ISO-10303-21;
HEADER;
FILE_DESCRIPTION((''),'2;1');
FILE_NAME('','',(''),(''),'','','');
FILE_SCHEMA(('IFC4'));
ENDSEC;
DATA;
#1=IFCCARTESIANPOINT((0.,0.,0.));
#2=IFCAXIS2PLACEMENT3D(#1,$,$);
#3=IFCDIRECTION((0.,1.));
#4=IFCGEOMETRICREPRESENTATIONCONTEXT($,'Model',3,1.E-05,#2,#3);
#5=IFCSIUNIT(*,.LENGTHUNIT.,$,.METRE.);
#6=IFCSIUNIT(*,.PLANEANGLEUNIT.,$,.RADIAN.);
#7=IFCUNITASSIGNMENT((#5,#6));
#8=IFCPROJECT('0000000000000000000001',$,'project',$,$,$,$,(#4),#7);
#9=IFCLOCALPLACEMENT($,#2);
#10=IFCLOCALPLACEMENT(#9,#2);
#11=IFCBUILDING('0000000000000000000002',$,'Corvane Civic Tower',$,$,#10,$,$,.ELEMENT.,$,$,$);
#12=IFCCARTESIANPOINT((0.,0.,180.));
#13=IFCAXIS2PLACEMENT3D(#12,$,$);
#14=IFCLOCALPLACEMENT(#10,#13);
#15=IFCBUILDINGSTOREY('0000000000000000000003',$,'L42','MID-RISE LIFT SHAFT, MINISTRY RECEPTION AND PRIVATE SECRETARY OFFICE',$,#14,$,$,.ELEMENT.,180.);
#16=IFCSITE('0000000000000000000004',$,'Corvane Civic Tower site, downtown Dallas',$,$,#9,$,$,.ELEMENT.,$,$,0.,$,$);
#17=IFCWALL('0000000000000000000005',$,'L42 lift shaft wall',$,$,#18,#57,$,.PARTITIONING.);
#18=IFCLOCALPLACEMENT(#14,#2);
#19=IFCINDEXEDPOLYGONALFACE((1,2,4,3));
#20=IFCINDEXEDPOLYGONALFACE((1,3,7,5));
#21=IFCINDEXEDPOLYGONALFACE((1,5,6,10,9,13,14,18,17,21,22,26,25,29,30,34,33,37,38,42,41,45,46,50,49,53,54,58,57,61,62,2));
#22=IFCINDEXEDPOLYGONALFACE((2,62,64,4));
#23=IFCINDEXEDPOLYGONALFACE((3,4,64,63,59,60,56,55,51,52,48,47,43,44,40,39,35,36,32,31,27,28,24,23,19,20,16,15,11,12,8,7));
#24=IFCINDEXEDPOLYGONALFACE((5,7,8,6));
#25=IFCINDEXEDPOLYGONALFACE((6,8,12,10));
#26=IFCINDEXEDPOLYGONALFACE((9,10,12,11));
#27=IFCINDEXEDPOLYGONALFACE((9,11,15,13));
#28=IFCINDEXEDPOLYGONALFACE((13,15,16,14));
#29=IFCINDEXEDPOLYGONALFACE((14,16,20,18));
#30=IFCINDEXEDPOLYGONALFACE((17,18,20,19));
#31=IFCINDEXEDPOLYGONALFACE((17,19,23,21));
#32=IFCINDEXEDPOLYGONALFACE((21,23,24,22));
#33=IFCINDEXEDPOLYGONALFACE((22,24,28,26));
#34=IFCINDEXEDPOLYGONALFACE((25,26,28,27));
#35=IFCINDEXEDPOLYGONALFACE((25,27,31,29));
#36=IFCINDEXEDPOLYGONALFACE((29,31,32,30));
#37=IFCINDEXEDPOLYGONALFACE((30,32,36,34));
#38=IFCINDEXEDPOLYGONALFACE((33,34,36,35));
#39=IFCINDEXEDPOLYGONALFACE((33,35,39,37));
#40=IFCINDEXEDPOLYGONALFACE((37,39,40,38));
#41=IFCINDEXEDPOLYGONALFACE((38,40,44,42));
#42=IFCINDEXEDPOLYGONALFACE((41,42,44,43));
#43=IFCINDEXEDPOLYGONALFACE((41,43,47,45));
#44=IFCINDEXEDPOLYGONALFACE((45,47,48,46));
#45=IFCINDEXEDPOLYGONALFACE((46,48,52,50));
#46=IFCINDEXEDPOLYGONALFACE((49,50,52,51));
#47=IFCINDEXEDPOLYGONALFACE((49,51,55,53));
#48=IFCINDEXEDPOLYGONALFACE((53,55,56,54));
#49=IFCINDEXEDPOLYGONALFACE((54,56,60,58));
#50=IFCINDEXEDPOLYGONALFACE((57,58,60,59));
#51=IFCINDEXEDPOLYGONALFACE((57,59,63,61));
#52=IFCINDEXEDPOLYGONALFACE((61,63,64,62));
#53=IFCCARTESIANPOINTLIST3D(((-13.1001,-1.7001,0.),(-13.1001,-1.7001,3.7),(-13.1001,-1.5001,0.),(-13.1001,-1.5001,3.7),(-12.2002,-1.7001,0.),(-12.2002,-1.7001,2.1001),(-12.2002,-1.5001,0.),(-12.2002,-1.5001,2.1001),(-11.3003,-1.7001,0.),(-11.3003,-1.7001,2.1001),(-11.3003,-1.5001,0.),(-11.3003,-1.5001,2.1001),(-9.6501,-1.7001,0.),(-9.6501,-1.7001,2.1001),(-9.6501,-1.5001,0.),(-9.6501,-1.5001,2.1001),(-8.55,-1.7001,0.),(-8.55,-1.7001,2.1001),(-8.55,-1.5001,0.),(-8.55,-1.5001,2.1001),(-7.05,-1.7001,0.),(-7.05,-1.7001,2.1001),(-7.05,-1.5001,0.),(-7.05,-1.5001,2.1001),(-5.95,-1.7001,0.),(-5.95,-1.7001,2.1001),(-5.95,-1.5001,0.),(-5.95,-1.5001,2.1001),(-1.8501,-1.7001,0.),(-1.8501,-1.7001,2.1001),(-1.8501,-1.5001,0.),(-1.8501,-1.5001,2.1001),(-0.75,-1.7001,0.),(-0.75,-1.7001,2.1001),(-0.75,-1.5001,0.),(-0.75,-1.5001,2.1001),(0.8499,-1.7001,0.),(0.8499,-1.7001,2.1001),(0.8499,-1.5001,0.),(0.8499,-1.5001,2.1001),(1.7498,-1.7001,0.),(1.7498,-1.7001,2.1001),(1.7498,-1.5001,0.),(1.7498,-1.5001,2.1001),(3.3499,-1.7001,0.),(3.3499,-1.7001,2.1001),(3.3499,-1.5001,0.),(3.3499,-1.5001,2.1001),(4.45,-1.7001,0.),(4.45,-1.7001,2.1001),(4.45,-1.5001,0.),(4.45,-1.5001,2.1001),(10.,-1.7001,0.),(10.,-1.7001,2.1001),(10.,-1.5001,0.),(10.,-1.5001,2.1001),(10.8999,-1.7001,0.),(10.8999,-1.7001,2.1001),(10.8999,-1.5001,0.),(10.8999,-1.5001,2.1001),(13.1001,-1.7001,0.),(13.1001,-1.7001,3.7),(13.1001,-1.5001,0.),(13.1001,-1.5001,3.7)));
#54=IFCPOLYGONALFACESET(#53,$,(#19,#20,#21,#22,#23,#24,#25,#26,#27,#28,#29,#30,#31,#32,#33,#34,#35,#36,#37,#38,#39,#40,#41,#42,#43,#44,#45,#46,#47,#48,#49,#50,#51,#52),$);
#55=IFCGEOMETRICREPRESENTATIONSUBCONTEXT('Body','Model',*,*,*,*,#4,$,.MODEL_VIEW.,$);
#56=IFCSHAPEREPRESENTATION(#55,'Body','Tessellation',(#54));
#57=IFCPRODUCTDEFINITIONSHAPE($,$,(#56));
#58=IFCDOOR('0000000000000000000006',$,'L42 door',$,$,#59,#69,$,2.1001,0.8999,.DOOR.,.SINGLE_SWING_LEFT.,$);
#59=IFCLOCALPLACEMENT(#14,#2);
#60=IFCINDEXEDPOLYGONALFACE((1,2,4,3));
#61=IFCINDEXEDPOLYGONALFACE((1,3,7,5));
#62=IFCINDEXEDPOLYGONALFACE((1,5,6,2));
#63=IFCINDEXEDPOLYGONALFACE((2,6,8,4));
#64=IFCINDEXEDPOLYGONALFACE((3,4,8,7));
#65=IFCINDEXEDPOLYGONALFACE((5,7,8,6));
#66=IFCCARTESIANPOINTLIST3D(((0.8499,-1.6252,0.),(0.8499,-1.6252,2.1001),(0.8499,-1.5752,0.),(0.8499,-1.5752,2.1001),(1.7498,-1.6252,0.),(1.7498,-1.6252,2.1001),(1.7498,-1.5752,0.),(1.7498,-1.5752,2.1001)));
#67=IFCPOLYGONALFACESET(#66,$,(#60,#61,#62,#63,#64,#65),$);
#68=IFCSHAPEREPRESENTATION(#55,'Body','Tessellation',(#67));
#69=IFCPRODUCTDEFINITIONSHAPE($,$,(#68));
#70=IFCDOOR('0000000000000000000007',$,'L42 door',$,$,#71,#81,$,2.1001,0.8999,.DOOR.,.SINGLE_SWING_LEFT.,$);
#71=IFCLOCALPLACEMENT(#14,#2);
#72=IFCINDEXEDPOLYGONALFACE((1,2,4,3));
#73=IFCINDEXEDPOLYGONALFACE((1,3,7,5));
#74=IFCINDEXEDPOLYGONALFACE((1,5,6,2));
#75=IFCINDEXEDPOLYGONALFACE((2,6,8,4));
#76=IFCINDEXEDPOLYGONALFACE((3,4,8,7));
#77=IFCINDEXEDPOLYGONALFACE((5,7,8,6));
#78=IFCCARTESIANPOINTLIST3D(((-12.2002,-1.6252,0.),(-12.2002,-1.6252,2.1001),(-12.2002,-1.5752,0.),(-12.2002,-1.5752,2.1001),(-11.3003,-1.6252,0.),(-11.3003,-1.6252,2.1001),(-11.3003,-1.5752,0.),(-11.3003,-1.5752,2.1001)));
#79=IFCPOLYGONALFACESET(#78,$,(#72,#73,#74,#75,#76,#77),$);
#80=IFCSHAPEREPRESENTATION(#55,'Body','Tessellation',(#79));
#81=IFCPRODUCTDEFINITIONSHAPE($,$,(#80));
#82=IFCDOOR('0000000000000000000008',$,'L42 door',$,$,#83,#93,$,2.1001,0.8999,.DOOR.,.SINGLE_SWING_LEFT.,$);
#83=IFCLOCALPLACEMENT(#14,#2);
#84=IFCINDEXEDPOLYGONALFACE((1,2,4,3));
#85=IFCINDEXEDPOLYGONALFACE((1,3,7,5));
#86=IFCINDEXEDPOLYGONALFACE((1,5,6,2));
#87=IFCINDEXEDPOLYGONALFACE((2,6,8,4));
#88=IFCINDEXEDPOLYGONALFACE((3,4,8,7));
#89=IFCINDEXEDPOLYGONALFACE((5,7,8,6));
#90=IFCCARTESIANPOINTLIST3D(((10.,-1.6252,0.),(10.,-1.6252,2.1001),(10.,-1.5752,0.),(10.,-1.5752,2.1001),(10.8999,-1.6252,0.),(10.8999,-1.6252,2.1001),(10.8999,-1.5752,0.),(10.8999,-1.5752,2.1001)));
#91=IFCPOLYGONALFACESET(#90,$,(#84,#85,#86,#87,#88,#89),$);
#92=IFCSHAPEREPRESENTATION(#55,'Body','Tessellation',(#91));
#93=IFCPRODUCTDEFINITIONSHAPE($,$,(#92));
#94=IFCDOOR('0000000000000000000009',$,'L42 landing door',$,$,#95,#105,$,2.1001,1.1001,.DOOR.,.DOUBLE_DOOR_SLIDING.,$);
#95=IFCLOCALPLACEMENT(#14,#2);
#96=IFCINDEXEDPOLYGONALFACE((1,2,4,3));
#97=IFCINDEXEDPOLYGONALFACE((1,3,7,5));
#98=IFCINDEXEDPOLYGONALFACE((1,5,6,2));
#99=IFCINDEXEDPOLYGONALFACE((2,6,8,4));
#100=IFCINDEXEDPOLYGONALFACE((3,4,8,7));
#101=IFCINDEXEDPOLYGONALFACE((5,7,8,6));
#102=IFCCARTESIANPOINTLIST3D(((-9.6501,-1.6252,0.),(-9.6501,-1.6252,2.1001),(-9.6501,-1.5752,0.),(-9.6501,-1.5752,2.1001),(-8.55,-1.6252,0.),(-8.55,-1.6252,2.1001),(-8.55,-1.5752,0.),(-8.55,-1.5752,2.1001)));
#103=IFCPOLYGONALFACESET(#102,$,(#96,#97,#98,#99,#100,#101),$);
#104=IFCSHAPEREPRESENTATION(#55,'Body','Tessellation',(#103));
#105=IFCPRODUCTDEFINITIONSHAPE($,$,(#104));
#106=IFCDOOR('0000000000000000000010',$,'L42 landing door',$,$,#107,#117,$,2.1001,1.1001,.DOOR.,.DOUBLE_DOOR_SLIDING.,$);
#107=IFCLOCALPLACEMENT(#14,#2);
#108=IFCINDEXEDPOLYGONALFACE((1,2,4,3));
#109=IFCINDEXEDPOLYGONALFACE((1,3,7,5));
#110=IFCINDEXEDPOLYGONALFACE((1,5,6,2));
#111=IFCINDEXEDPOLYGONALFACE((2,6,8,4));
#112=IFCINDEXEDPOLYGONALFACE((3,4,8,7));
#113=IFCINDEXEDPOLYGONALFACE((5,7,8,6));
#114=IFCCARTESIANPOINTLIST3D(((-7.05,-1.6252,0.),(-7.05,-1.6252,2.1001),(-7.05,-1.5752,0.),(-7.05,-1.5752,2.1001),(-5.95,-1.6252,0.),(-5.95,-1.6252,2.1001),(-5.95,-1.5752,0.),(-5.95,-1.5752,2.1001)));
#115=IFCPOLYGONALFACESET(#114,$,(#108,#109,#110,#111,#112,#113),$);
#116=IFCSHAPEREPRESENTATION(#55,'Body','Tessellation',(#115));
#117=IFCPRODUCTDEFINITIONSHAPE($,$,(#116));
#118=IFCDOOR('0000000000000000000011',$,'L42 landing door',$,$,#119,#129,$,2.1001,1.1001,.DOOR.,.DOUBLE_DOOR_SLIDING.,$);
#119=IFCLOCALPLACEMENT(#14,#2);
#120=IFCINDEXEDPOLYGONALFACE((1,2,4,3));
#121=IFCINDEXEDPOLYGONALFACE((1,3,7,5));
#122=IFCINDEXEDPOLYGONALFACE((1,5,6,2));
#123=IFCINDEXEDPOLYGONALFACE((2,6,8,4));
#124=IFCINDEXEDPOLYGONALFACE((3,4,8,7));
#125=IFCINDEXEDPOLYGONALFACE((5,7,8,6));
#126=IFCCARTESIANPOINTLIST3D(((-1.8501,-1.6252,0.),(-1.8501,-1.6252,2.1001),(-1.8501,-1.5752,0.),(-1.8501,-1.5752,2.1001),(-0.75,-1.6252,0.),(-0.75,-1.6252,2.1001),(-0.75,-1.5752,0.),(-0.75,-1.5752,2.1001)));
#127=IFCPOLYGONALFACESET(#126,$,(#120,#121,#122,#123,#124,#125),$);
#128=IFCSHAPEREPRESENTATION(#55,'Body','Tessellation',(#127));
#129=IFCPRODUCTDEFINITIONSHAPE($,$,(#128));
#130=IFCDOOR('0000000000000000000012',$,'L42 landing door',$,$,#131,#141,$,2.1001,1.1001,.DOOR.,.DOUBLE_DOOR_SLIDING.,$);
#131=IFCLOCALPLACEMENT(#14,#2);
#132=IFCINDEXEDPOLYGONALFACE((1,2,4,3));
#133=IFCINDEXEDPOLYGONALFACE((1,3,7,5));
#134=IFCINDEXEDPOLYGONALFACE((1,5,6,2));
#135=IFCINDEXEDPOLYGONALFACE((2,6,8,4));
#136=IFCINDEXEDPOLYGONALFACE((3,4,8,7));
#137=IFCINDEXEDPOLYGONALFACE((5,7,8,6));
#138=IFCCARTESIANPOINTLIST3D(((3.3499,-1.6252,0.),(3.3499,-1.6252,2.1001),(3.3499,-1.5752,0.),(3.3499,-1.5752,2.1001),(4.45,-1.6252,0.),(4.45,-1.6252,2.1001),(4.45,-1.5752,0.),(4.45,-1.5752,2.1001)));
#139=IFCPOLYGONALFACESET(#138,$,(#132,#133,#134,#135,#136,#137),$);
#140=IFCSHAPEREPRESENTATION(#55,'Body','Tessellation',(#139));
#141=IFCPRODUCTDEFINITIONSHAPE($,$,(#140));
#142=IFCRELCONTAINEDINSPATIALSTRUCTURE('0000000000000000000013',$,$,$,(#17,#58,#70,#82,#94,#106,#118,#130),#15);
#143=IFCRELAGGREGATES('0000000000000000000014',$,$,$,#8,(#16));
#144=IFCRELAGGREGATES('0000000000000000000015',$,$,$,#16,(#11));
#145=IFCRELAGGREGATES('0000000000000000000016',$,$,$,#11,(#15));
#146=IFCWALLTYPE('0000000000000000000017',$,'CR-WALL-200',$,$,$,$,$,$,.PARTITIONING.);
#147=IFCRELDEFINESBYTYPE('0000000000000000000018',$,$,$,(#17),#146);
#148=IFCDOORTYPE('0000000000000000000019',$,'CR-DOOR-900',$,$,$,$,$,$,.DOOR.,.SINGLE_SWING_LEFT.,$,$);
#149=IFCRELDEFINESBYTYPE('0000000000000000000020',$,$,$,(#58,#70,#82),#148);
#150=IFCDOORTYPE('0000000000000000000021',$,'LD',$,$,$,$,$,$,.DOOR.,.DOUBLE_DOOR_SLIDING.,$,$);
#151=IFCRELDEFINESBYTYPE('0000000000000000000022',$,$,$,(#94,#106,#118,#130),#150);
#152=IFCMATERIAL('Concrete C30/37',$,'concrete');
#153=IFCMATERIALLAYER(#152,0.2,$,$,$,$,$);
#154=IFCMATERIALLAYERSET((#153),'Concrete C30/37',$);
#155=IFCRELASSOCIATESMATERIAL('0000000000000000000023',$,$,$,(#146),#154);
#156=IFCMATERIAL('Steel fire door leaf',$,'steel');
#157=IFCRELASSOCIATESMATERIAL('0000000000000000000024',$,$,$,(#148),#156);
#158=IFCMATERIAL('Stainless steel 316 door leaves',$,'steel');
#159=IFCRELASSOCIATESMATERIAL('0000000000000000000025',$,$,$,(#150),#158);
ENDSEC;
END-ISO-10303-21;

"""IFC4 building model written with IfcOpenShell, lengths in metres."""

from ifc_helpers import new_model, si_unit, direction, frame, frame_2d, origin, place, context, subcontext, project, spatial, rectangle, extrude, material, layer, layer_set, type_object, element, fill, save


model = new_model("IFC4")

# Units and contexts
model_context = context("Model", 3, precision=1e-05, world=origin(), true_north=direction((0.0, 1.0)))
body_context = subcontext(model_context, "Body", "Model", "MODEL_VIEW")
ifc_project = project(units=[si_unit("LENGTHUNIT", "METRE"), si_unit("PLANEANGLEUNIT", "RADIAN")], contexts=[model_context])

# Site, building, storey
site_placement = place(None, origin())
site = spatial("IfcSite", under=ifc_project, at=site_placement, Name="Corvane Civic Tower site, downtown Dallas", CompositionType="ELEMENT", RefElevation=0.0)
building_placement = place(site_placement, origin())
building = spatial("IfcBuilding", under=site, at=building_placement, Name="Corvane Civic Tower", CompositionType="ELEMENT")
storey_placement = place(building_placement, frame((0.0, 0.0, 180.0)))
storey = spatial("IfcBuildingStorey", under=building, at=storey_placement, Name="L42", Description="MID-RISE LIFT SHAFT, MINISTRY RECEPTION AND PRIVATE SECRETARY OFFICE", CompositionType="ELEMENT", Elevation=180.0)

# Shared definitions
ifc_material_1 = material(Name="Concrete C30/37", Category="concrete")
ifc_layer_1 = layer(ifc_material_1, 0.2)
ifc_layer_set_1 = layer_set([ifc_layer_1], Name="Concrete C30/37")
wall_type_1 = type_object("IfcWallType", Name="CR-WALL-200", PredefinedType="PARTITIONING", material=ifc_layer_set_1)
ifc_material_2 = material(Name="Steel fire door leaf", Category="steel")
door_type_1 = type_object("IfcDoorType", Name="CR-DOOR-900", OperationType="SINGLE_SWING_LEFT", PredefinedType="DOOR", material=ifc_material_2)

# Wall, openings, doors
wall_1_placement = place(storey_placement, frame((-13.1001, -1.6001, 0.0), z_axis=(0.0, 0.0, 1.0), x_axis=(1.0, 0.0, 0.0)))
wall_1 = element("IfcWall", 1, at=wall_1_placement, inside=storey, type_object=wall_type_1, Name="L42 lift shaft wall", PredefinedType="PARTITIONING", context=body_context, shape_type="SweptSolid", body=[
    extrude(rectangle(XDim=26.2002, YDim=0.2, at=frame_2d((13.1001, 0.0))), origin(), (0.0, 0.0, 1.0), 3.7),
])
opening_1_placement = place(wall_1_placement, frame((3.45, 0.0, 0.0)))
opening_1 = element("IfcOpeningElement", 2, at=opening_1_placement, cuts=wall_1, PredefinedType="OPENING", context=body_context, shape_type="SweptSolid", body=[
    extrude(rectangle(XDim=1.1001, YDim=2.1001, at=frame_2d((0.55, 1.05))), frame((0.0, 0.1099, 0.0), z_axis=(0.0, -1.0, 0.0), x_axis=(1.0, 0.0, 0.0)), (0.0, 0.0, 1.0), 0.22),
])
opening_2_placement = place(wall_1_placement, frame((6.05, 0.0, 0.0)))
opening_2 = element("IfcOpeningElement", 3, at=opening_2_placement, cuts=wall_1, PredefinedType="OPENING", context=body_context, shape_type="SweptSolid", body=[
    extrude(rectangle(XDim=1.1001, YDim=2.1001, at=frame_2d((0.55, 1.05))), frame((0.0, 0.1099, 0.0), z_axis=(0.0, -1.0, 0.0), x_axis=(1.0, 0.0, 0.0)), (0.0, 0.0, 1.0), 0.22),
])
opening_3_placement = place(wall_1_placement, frame((11.25, 0.0, 0.0)))
opening_3 = element("IfcOpeningElement", 4, at=opening_3_placement, cuts=wall_1, PredefinedType="OPENING", context=body_context, shape_type="SweptSolid", body=[
    extrude(rectangle(XDim=1.1001, YDim=2.1001, at=frame_2d((0.55, 1.05))), frame((0.0, 0.1099, 0.0), z_axis=(0.0, -1.0, 0.0), x_axis=(1.0, 0.0, 0.0)), (0.0, 0.0, 1.0), 0.22),
])
opening_4_placement = place(wall_1_placement, frame((13.95, 0.0, 0.0)))
opening_4 = element("IfcOpeningElement", 5, at=opening_4_placement, cuts=wall_1, PredefinedType="OPENING", context=body_context, shape_type="SweptSolid", body=[
    extrude(rectangle(XDim=0.8999, YDim=2.1001, at=frame_2d((0.45, 1.05))), frame((0.0, 0.1099, 0.0), z_axis=(0.0, -1.0, 0.0), x_axis=(1.0, 0.0, 0.0)), (0.0, 0.0, 1.0), 0.22),
])
opening_5_placement = place(wall_1_placement, frame((16.45, 0.0, 0.0)))
opening_5 = element("IfcOpeningElement", 6, at=opening_5_placement, cuts=wall_1, PredefinedType="OPENING", context=body_context, shape_type="SweptSolid", body=[
    extrude(rectangle(XDim=1.1001, YDim=2.1001, at=frame_2d((0.55, 1.05))), frame((0.0, 0.1099, 0.0), z_axis=(0.0, -1.0, 0.0), x_axis=(1.0, 0.0, 0.0)), (0.0, 0.0, 1.0), 0.22),
])
opening_6_placement = place(wall_1_placement, frame((0.8999, 0.0, 0.0)))
opening_6 = element("IfcOpeningElement", 7, at=opening_6_placement, cuts=wall_1, PredefinedType="OPENING", context=body_context, shape_type="SweptSolid", body=[
    extrude(rectangle(XDim=0.8999, YDim=2.1001, at=frame_2d((0.45, 1.05))), frame((0.0, 0.1099, 0.0), z_axis=(0.0, -1.0, 0.0), x_axis=(1.0, 0.0, 0.0)), (0.0, 0.0, 1.0), 0.22),
])
opening_7_placement = place(wall_1_placement, frame((23.1001, 0.0, 0.0)))
opening_7 = element("IfcOpeningElement", 8, at=opening_7_placement, cuts=wall_1, PredefinedType="OPENING", context=body_context, shape_type="SweptSolid", body=[
    extrude(rectangle(XDim=0.8999, YDim=2.1001, at=frame_2d((0.45, 1.05))), frame((0.0, 0.1099, 0.0), z_axis=(0.0, -1.0, 0.0), x_axis=(1.0, 0.0, 0.0)), (0.0, 0.0, 1.0), 0.22),
])
door_1_placement = place(opening_4_placement, origin())
door_1 = element("IfcDoor", 9, at=door_1_placement, inside=storey, type_object=door_type_1, Name="L42 door", OperationType="SINGLE_SWING_LEFT", OverallHeight=2.1001, OverallWidth=0.8999, PredefinedType="DOOR", context=body_context, shape_type="SweptSolid", body=[
    extrude(rectangle(XDim=0.8999, YDim=2.1001, at=frame_2d((0.45, 1.05))), frame((0.0, 0.0249, 0.0), z_axis=(0.0, -1.0, 0.0), x_axis=(1.0, 0.0, 0.0)), (0.0, 0.0, 1.0), 0.05),
])
fill(opening_4, door_1)
door_2_placement = place(opening_6_placement, origin())
door_2 = element("IfcDoor", 10, at=door_2_placement, inside=storey, type_object=door_type_1, Name="L42 door", OperationType="SINGLE_SWING_LEFT", OverallHeight=2.1001, OverallWidth=0.8999, PredefinedType="DOOR", context=body_context, shape_type="SweptSolid", body=[
    extrude(rectangle(XDim=0.8999, YDim=2.1001, at=frame_2d((0.45, 1.05))), frame((0.0, 0.0249, 0.0), z_axis=(0.0, -1.0, 0.0), x_axis=(1.0, 0.0, 0.0)), (0.0, 0.0, 1.0), 0.05),
])
fill(opening_6, door_2)
door_3_placement = place(opening_7_placement, origin())
door_3 = element("IfcDoor", 11, at=door_3_placement, inside=storey, type_object=door_type_1, Name="L42 door", OperationType="SINGLE_SWING_LEFT", OverallHeight=2.1001, OverallWidth=0.8999, PredefinedType="DOOR", context=body_context, shape_type="SweptSolid", body=[
    extrude(rectangle(XDim=0.8999, YDim=2.1001, at=frame_2d((0.45, 1.05))), frame((0.0, 0.0249, 0.0), z_axis=(0.0, -1.0, 0.0), x_axis=(1.0, 0.0, 0.0)), (0.0, 0.0, 1.0), 0.05),
])
fill(opening_7, door_3)
ifc_material_3 = material(Name="Stainless steel 316 door leaves", Category="steel")
door_type_2 = type_object("IfcDoorType", Name="LD", OperationType="DOUBLE_DOOR_SLIDING", PredefinedType="DOOR", material=ifc_material_3)
door_4_placement = place(opening_1_placement, origin())
door_4 = element("IfcDoor", 12, at=door_4_placement, inside=storey, type_object=door_type_2, Name="L42 landing door", OperationType="DOUBLE_DOOR_SLIDING", OverallHeight=2.1001, OverallWidth=1.1001, PredefinedType="DOOR", context=body_context, shape_type="SweptSolid", body=[
    extrude(rectangle(XDim=1.1001, YDim=2.1001, at=frame_2d((0.55, 1.05))), frame((0.0, 0.0249, 0.0), z_axis=(0.0, -1.0, 0.0), x_axis=(1.0, 0.0, 0.0)), (0.0, 0.0, 1.0), 0.05),
])
fill(opening_1, door_4)
door_5_placement = place(opening_2_placement, origin())
door_5 = element("IfcDoor", 13, at=door_5_placement, inside=storey, type_object=door_type_2, Name="L42 landing door", OperationType="DOUBLE_DOOR_SLIDING", OverallHeight=2.1001, OverallWidth=1.1001, PredefinedType="DOOR", context=body_context, shape_type="SweptSolid", body=[
    extrude(rectangle(XDim=1.1001, YDim=2.1001, at=frame_2d((0.55, 1.05))), frame((0.0, 0.0249, 0.0), z_axis=(0.0, -1.0, 0.0), x_axis=(1.0, 0.0, 0.0)), (0.0, 0.0, 1.0), 0.05),
])
fill(opening_2, door_5)
door_6_placement = place(opening_3_placement, origin())
door_6 = element("IfcDoor", 14, at=door_6_placement, inside=storey, type_object=door_type_2, Name="L42 landing door", OperationType="DOUBLE_DOOR_SLIDING", OverallHeight=2.1001, OverallWidth=1.1001, PredefinedType="DOOR", context=body_context, shape_type="SweptSolid", body=[
    extrude(rectangle(XDim=1.1001, YDim=2.1001, at=frame_2d((0.55, 1.05))), frame((0.0, 0.0249, 0.0), z_axis=(0.0, -1.0, 0.0), x_axis=(1.0, 0.0, 0.0)), (0.0, 0.0, 1.0), 0.05),
])
fill(opening_3, door_6)
door_7_placement = place(opening_5_placement, origin())
door_7 = element("IfcDoor", 15, at=door_7_placement, inside=storey, type_object=door_type_2, Name="L42 landing door", OperationType="DOUBLE_DOOR_SLIDING", OverallHeight=2.1001, OverallWidth=1.1001, PredefinedType="DOOR", context=body_context, shape_type="SweptSolid", body=[
    extrude(rectangle(XDim=1.1001, YDim=2.1001, at=frame_2d((0.55, 1.05))), frame((0.0, 0.0249, 0.0), z_axis=(0.0, -1.0, 0.0), x_axis=(1.0, 0.0, 0.0)), (0.0, 0.0, 1.0), 0.05),
])
fill(opening_5, door_7)

save(model, "model.ifc")
